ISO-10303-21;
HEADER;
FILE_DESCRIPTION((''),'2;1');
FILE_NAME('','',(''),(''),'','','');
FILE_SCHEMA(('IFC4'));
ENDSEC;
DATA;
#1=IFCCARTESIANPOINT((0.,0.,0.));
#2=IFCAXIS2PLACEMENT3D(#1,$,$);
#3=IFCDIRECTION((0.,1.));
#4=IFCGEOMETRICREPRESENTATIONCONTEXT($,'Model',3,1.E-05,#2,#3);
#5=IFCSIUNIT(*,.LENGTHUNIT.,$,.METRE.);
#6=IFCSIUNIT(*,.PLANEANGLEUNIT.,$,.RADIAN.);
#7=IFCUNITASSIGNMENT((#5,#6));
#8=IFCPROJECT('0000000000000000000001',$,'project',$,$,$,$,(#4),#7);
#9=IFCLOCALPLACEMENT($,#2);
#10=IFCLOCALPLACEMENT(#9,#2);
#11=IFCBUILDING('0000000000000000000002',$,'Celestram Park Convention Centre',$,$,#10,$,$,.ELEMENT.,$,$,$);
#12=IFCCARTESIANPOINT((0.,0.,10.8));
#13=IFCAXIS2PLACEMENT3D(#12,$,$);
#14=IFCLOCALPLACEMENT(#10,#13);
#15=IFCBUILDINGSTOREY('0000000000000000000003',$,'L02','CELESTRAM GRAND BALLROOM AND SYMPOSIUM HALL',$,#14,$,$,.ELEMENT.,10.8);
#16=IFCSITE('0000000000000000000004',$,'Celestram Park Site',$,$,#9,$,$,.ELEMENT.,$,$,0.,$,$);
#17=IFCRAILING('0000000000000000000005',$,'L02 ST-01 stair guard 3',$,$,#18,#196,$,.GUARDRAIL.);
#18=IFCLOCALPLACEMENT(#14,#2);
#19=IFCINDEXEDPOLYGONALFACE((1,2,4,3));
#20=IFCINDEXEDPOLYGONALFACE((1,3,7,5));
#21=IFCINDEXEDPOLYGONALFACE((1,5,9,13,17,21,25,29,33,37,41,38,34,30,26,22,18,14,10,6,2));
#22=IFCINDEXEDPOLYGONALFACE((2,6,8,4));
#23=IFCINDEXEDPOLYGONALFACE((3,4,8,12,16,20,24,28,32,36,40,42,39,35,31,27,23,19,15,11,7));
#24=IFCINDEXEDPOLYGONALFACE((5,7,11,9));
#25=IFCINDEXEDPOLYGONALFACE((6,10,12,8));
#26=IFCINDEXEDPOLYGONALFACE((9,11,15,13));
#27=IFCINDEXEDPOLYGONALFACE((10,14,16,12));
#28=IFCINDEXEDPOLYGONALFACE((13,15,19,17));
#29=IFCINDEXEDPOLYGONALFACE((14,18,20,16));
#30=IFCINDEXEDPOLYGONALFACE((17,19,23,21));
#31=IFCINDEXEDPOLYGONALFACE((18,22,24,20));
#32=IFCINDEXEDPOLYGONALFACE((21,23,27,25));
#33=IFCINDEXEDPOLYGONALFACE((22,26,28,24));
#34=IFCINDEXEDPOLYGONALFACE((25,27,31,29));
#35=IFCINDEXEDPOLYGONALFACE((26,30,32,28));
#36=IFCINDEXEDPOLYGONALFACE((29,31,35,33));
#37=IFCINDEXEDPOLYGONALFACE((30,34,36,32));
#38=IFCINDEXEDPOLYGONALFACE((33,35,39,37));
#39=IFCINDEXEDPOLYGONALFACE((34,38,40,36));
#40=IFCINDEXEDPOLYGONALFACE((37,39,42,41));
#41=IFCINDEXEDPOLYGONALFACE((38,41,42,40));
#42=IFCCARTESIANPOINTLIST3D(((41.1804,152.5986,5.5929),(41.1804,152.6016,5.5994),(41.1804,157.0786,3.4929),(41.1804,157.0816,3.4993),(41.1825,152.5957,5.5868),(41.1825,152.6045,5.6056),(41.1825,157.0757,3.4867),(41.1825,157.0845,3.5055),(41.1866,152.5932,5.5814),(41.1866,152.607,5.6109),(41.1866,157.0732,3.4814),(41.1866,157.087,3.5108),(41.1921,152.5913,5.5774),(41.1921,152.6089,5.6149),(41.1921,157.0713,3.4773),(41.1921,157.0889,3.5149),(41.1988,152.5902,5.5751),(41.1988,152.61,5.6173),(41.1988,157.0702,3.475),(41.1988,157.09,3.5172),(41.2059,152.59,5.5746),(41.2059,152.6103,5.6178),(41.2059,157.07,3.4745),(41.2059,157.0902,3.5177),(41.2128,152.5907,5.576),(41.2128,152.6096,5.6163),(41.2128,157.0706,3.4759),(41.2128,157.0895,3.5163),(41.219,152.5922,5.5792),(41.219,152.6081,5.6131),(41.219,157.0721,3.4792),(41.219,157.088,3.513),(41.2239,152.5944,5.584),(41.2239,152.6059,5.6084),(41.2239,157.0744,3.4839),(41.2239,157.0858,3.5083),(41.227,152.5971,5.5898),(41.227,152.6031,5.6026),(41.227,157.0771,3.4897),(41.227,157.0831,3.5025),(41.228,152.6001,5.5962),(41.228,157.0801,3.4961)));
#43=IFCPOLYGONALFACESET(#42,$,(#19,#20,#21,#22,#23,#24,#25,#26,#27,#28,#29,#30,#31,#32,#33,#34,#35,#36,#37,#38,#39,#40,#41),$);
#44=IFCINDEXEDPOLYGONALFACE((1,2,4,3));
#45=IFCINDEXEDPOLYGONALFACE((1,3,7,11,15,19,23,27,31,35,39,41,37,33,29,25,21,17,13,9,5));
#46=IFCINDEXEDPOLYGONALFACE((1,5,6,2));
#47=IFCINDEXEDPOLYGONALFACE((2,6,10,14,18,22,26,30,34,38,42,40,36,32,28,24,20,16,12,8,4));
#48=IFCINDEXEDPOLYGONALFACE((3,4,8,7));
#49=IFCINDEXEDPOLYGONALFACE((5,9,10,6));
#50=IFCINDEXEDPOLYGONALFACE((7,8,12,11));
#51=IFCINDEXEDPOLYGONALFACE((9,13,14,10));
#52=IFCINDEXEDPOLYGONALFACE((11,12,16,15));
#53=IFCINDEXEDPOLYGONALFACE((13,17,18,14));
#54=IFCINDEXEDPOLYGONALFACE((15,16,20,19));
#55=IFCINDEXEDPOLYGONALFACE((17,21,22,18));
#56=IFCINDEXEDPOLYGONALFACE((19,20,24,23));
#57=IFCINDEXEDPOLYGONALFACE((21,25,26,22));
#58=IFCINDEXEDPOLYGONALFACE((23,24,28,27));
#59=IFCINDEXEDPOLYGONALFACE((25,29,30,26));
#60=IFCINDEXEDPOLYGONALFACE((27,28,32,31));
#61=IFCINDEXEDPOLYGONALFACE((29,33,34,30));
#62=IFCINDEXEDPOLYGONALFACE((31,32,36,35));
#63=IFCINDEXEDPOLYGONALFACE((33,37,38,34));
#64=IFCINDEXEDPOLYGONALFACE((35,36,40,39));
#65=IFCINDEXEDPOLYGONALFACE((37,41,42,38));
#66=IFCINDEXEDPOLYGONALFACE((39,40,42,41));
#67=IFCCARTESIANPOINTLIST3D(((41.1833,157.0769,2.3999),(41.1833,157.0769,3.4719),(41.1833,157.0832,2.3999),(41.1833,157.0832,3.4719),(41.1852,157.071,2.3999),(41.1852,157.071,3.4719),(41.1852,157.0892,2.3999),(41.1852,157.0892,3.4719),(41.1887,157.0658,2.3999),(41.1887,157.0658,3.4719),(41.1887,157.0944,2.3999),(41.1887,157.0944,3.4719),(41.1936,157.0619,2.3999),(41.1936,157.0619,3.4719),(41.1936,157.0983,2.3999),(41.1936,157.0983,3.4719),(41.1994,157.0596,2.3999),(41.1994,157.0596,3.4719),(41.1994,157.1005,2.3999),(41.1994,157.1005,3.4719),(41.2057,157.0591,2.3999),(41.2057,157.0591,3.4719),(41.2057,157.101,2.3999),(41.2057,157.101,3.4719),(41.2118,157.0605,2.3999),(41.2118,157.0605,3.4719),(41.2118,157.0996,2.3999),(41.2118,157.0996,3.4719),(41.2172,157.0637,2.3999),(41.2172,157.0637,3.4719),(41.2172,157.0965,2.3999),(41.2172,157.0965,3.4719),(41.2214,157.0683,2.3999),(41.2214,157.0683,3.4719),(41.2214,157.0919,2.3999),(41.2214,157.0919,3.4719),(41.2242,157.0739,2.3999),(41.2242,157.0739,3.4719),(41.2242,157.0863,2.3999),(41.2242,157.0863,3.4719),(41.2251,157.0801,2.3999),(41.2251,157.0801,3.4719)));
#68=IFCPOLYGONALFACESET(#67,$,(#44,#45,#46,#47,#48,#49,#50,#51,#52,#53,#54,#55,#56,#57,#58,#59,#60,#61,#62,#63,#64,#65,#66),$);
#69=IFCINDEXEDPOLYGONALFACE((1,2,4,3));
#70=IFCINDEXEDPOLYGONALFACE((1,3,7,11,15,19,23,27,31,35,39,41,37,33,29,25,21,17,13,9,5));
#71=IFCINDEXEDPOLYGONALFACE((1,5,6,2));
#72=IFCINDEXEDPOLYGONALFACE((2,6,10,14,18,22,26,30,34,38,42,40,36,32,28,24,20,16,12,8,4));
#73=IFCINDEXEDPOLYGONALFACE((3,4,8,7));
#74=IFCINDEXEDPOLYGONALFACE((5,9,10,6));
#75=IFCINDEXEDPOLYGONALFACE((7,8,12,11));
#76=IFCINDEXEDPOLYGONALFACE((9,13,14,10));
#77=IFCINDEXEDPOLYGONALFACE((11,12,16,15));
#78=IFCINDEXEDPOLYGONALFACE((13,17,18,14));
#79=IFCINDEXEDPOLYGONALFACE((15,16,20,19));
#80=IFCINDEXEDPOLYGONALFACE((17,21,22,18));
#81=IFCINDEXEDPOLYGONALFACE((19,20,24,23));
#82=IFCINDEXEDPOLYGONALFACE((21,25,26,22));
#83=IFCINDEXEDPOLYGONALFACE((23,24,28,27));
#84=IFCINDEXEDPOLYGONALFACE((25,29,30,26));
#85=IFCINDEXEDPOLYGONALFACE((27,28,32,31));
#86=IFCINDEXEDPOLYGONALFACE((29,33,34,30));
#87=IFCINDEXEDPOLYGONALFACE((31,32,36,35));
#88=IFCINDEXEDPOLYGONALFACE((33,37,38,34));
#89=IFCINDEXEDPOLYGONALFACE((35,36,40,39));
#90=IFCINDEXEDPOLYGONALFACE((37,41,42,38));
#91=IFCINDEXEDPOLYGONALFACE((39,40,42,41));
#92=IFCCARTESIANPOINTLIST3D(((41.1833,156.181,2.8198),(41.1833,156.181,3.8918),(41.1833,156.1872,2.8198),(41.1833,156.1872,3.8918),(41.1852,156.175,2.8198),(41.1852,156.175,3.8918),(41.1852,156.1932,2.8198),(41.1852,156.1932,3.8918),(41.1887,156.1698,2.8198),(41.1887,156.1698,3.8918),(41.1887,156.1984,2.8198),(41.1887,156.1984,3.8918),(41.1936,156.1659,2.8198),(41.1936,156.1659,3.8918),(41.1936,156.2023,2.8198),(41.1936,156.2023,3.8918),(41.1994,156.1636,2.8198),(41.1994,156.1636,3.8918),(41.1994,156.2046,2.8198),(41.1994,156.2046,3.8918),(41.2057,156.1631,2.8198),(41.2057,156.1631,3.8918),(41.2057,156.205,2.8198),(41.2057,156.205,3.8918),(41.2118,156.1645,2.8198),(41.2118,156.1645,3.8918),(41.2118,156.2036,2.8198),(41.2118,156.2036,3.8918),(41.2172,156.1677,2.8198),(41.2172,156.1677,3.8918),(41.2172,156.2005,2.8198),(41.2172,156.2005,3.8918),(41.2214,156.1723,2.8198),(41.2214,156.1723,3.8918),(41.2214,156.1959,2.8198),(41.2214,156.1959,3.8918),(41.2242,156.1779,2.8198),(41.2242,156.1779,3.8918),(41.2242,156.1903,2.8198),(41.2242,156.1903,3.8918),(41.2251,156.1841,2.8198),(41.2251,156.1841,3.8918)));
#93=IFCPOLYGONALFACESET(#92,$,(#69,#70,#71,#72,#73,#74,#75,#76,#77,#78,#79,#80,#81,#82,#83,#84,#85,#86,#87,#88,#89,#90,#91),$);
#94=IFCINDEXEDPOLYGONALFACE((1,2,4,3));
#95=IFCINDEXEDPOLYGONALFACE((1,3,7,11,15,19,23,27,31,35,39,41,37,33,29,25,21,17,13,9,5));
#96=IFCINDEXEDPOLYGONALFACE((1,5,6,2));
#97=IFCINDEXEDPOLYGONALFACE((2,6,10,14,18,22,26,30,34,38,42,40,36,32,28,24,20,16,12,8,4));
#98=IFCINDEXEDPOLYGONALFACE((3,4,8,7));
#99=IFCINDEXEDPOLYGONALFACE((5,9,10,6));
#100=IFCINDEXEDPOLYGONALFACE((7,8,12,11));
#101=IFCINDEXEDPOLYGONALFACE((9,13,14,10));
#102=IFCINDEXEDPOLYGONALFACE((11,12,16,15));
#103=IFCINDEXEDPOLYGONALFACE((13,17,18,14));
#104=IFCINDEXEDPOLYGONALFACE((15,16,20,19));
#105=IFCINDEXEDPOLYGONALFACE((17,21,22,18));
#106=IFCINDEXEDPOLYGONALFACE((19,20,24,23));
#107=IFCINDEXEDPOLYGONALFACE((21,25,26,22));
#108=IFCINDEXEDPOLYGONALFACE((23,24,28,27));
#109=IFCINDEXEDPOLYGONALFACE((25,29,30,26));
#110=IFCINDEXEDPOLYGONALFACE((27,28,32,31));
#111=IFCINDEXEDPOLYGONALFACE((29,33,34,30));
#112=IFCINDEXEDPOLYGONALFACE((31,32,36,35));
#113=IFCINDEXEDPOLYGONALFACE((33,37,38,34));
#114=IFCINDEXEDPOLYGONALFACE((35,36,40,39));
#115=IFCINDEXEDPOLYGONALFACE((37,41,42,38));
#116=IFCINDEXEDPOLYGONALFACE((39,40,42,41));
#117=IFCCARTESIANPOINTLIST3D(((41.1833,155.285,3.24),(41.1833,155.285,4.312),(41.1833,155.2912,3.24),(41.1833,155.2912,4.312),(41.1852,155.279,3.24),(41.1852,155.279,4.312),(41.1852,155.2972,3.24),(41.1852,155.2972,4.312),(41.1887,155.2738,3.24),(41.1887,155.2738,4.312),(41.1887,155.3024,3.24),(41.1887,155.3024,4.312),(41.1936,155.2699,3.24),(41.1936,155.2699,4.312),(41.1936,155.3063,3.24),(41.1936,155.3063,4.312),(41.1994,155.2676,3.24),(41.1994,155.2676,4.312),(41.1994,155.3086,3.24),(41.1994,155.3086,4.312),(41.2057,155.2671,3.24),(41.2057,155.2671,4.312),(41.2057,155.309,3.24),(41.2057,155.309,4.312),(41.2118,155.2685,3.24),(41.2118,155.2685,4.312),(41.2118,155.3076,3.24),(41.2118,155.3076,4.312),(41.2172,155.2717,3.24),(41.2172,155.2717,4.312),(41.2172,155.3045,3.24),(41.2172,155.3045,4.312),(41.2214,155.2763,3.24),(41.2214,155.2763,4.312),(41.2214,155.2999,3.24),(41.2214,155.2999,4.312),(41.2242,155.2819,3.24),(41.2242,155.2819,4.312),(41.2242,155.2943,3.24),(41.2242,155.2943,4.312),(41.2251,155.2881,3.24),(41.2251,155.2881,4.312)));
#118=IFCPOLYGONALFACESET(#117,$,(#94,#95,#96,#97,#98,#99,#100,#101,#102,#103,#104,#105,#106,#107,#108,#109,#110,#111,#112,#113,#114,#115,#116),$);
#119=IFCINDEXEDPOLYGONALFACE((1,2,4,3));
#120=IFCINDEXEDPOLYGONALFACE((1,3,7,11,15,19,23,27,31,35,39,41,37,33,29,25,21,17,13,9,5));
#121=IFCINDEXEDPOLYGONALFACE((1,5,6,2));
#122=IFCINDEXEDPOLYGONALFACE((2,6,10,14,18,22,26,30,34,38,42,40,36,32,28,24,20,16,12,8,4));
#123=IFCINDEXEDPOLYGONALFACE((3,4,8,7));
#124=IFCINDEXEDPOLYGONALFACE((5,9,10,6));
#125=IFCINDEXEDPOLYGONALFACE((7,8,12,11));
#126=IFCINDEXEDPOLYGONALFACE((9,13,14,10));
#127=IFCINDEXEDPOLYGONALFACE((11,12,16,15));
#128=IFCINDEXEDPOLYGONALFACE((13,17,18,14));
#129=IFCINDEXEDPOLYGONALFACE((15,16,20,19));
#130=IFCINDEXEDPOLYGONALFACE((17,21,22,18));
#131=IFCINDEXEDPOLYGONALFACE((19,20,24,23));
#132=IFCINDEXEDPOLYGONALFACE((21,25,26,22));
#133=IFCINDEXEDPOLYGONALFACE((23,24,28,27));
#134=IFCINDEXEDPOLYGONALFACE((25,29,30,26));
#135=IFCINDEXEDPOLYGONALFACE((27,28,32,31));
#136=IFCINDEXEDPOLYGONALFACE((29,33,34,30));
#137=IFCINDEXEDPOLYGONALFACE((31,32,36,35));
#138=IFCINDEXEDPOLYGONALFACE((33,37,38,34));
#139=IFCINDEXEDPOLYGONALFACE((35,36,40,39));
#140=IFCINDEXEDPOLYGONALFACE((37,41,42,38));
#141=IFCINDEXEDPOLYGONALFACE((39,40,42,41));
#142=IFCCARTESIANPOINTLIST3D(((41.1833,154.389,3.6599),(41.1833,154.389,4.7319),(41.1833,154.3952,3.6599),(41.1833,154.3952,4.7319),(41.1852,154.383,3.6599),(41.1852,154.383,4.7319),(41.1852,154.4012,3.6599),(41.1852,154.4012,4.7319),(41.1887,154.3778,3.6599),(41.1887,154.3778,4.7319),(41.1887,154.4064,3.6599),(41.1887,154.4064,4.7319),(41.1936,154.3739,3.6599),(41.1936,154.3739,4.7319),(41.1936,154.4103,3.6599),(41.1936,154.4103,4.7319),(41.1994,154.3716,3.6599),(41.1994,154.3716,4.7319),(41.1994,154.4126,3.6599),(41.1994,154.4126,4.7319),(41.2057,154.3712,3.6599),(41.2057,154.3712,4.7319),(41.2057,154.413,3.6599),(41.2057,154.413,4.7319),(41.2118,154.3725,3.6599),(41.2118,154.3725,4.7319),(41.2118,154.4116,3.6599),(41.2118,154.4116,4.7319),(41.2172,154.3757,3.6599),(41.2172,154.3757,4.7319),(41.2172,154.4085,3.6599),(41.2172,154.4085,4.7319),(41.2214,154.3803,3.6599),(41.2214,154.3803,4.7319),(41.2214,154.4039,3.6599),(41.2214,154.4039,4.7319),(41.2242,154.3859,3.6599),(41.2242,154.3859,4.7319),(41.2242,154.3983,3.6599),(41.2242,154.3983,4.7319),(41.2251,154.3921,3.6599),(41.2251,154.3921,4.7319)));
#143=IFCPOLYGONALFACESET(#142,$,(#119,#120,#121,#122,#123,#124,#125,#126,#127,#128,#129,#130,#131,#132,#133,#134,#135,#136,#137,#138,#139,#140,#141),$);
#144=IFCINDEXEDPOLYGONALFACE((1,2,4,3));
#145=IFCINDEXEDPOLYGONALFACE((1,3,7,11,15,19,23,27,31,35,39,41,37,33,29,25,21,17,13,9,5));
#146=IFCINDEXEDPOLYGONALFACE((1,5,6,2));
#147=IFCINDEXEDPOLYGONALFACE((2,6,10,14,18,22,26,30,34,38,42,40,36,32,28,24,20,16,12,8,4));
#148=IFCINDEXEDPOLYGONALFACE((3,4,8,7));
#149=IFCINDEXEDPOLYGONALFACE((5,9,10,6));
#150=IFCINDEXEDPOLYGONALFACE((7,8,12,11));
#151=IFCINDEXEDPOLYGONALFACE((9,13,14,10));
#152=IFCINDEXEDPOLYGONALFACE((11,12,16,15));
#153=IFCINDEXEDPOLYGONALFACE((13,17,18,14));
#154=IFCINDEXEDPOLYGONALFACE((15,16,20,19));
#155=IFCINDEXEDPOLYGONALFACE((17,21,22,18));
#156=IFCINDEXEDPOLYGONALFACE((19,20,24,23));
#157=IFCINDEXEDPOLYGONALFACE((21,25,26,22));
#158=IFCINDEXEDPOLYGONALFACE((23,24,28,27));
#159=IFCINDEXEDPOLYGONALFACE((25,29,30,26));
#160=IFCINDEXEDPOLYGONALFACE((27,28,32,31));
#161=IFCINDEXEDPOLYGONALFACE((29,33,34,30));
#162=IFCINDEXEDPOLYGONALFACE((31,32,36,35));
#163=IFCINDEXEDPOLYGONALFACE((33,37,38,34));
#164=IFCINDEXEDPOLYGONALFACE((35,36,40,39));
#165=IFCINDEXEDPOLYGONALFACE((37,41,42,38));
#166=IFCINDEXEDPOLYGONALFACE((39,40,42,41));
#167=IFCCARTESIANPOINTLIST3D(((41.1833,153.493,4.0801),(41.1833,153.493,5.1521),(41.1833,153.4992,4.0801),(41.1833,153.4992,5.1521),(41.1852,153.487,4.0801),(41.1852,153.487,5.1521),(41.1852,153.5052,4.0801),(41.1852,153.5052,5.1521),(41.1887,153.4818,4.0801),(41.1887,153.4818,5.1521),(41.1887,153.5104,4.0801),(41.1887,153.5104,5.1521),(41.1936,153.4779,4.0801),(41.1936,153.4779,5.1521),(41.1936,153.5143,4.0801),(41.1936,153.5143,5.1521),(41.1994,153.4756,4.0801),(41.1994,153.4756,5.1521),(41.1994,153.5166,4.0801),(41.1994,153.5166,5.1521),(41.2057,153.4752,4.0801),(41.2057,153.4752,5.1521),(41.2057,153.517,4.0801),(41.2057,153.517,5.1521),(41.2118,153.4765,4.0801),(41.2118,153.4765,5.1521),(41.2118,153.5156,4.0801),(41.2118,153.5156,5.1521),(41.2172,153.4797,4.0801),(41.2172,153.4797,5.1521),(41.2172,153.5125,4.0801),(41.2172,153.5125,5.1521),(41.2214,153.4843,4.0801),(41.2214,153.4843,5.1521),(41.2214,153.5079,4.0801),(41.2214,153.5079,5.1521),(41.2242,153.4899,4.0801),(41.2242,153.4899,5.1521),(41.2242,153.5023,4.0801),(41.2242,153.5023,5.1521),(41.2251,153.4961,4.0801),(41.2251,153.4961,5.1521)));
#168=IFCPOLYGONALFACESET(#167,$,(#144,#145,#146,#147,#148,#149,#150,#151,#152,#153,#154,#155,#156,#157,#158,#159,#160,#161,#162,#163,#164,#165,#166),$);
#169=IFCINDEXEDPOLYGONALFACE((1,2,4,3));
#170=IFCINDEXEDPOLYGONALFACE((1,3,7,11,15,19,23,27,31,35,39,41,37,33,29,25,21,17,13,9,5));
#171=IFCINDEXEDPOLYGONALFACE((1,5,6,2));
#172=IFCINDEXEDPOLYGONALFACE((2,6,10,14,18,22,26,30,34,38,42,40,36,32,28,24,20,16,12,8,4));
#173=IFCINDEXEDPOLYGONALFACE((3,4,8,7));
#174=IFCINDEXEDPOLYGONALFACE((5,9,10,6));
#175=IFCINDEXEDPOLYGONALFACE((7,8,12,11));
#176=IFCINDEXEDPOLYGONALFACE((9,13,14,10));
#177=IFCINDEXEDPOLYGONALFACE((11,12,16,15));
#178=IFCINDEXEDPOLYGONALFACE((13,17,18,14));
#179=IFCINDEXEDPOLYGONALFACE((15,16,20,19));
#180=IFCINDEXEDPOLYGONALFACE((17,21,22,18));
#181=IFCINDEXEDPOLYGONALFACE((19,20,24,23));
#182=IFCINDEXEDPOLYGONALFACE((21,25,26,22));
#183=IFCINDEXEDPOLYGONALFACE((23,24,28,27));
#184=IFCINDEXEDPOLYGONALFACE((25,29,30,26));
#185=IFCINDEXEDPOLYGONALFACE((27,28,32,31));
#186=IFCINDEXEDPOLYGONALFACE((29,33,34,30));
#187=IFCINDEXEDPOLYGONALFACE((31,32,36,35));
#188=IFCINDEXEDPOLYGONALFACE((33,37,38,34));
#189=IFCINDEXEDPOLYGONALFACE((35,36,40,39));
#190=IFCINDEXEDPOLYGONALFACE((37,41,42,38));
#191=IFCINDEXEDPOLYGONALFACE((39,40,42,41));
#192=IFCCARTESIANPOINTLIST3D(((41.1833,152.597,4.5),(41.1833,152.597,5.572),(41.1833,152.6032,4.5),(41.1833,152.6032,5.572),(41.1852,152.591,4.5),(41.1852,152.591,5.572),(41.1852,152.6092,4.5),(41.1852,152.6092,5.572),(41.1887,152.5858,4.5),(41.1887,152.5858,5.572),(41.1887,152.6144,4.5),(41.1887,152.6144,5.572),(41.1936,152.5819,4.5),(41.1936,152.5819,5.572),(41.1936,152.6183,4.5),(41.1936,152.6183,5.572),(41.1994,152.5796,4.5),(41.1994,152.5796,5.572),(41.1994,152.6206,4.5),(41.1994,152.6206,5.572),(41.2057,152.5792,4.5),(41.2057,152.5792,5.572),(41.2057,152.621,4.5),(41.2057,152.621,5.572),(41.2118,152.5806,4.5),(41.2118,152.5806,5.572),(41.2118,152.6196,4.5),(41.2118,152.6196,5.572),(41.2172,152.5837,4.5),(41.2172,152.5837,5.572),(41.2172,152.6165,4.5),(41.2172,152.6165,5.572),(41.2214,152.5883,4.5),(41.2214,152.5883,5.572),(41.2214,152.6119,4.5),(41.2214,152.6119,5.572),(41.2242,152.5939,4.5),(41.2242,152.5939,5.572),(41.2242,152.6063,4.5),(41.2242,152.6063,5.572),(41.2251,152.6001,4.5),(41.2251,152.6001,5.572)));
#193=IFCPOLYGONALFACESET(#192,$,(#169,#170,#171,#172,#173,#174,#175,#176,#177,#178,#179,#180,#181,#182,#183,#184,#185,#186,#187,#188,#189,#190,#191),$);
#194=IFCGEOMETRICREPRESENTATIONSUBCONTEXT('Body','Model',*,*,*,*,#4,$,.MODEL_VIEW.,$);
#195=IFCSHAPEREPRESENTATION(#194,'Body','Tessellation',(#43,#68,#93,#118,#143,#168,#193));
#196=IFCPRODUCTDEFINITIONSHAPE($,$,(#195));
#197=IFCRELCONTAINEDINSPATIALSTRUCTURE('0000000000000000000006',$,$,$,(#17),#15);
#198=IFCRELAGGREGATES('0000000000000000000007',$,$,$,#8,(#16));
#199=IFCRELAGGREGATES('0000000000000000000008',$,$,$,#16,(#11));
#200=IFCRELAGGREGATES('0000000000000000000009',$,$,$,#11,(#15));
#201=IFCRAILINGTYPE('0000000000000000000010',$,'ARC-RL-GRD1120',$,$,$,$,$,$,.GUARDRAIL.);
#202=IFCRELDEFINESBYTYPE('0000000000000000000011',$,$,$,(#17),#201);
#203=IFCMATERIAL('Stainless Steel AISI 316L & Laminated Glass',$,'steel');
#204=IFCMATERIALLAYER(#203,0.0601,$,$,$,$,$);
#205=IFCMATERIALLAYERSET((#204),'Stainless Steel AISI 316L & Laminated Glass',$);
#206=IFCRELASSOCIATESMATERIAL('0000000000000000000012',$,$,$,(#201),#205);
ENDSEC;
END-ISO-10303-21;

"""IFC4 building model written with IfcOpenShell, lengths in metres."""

from ifc_helpers import new_model, si_unit, direction, frame, origin, origin_2d, place, context, subcontext, project, spatial, circle, extrude, material, layer, layer_set, type_object, element, save


model = new_model("IFC4")

# Units and contexts
model_context = context("Model", 3, precision=1e-05, world=origin(), true_north=direction((0.0, 1.0)))
body_context = subcontext(model_context, "Body", "Model", "MODEL_VIEW")
ifc_project = project(units=[si_unit("LENGTHUNIT", "METRE"), si_unit("PLANEANGLEUNIT", "RADIAN")], contexts=[model_context])

# Site, building, storey
site_placement = place(None, origin())
site = spatial("IfcSite", under=ifc_project, at=site_placement, Name="Celestram Park Site", CompositionType="ELEMENT", RefElevation=0.0)
building_placement = place(site_placement, origin())
building = spatial("IfcBuilding", under=site, at=building_placement, Name="Celestram Park Convention Centre", CompositionType="ELEMENT")
storey_placement = place(building_placement, frame((0.0, 0.0, 10.8)))
storey = spatial("IfcBuildingStorey", under=building, at=storey_placement, Name="L02", Description="CELESTRAM GRAND BALLROOM AND SYMPOSIUM HALL", CompositionType="ELEMENT", Elevation=10.8)

# Railing
ifc_material_1 = material(Name="Stainless Steel AISI 316L & Laminated Glass", Category="steel")
ifc_layer_1 = layer(ifc_material_1, 0.0601)
ifc_layer_set_1 = layer_set([ifc_layer_1], Name="Stainless Steel AISI 316L & Laminated Glass")
railing_type_1 = type_object("IfcRailingType", Name="ARC-RL-GRD1120", PredefinedType="GUARDRAIL", material=ifc_layer_set_1)
railing_1_placement = place(storey_placement, frame((41.2041, 157.0801, 2.3999)))
element("IfcRailing", 1, at=railing_1_placement, inside=storey, type_object=railing_type_1, Name="L02 ST-01 stair guard 3", PredefinedType="GUARDRAIL", context=body_context, shape_type="SweptSolid", body=[
    extrude(circle(Radius=0.0239, at=origin_2d()), frame((0.0, 0.0, 1.0962), z_axis=(0.0, -0.905451, 0.424452), x_axis=(1.0, 0.0, 0.0)), (0.0, 0.0, 1.0), 4.9478),
    extrude(circle(Radius=0.021, at=origin_2d()), origin(), (0.0, 0.0, 1.0), 1.072),
    extrude(circle(Radius=0.021, at=origin_2d()), frame((0.0, -0.896, 0.4199)), (0.0, 0.0, 1.0), 1.072),
    extrude(circle(Radius=0.021, at=origin_2d()), frame((0.0, -1.792, 0.8401)), (0.0, 0.0, 1.0), 1.072),
    extrude(circle(Radius=0.021, at=origin_2d()), frame((0.0, -2.688, 1.26)), (0.0, 0.0, 1.0), 1.072),
    extrude(circle(Radius=0.021, at=origin_2d()), frame((0.0, -3.584, 1.6802)), (0.0, 0.0, 1.0), 1.072),
    extrude(circle(Radius=0.021, at=origin_2d()), frame((0.0, -4.48, 2.1001)), (0.0, 0.0, 1.0), 1.072),
])

save(model, "model.ifc")
